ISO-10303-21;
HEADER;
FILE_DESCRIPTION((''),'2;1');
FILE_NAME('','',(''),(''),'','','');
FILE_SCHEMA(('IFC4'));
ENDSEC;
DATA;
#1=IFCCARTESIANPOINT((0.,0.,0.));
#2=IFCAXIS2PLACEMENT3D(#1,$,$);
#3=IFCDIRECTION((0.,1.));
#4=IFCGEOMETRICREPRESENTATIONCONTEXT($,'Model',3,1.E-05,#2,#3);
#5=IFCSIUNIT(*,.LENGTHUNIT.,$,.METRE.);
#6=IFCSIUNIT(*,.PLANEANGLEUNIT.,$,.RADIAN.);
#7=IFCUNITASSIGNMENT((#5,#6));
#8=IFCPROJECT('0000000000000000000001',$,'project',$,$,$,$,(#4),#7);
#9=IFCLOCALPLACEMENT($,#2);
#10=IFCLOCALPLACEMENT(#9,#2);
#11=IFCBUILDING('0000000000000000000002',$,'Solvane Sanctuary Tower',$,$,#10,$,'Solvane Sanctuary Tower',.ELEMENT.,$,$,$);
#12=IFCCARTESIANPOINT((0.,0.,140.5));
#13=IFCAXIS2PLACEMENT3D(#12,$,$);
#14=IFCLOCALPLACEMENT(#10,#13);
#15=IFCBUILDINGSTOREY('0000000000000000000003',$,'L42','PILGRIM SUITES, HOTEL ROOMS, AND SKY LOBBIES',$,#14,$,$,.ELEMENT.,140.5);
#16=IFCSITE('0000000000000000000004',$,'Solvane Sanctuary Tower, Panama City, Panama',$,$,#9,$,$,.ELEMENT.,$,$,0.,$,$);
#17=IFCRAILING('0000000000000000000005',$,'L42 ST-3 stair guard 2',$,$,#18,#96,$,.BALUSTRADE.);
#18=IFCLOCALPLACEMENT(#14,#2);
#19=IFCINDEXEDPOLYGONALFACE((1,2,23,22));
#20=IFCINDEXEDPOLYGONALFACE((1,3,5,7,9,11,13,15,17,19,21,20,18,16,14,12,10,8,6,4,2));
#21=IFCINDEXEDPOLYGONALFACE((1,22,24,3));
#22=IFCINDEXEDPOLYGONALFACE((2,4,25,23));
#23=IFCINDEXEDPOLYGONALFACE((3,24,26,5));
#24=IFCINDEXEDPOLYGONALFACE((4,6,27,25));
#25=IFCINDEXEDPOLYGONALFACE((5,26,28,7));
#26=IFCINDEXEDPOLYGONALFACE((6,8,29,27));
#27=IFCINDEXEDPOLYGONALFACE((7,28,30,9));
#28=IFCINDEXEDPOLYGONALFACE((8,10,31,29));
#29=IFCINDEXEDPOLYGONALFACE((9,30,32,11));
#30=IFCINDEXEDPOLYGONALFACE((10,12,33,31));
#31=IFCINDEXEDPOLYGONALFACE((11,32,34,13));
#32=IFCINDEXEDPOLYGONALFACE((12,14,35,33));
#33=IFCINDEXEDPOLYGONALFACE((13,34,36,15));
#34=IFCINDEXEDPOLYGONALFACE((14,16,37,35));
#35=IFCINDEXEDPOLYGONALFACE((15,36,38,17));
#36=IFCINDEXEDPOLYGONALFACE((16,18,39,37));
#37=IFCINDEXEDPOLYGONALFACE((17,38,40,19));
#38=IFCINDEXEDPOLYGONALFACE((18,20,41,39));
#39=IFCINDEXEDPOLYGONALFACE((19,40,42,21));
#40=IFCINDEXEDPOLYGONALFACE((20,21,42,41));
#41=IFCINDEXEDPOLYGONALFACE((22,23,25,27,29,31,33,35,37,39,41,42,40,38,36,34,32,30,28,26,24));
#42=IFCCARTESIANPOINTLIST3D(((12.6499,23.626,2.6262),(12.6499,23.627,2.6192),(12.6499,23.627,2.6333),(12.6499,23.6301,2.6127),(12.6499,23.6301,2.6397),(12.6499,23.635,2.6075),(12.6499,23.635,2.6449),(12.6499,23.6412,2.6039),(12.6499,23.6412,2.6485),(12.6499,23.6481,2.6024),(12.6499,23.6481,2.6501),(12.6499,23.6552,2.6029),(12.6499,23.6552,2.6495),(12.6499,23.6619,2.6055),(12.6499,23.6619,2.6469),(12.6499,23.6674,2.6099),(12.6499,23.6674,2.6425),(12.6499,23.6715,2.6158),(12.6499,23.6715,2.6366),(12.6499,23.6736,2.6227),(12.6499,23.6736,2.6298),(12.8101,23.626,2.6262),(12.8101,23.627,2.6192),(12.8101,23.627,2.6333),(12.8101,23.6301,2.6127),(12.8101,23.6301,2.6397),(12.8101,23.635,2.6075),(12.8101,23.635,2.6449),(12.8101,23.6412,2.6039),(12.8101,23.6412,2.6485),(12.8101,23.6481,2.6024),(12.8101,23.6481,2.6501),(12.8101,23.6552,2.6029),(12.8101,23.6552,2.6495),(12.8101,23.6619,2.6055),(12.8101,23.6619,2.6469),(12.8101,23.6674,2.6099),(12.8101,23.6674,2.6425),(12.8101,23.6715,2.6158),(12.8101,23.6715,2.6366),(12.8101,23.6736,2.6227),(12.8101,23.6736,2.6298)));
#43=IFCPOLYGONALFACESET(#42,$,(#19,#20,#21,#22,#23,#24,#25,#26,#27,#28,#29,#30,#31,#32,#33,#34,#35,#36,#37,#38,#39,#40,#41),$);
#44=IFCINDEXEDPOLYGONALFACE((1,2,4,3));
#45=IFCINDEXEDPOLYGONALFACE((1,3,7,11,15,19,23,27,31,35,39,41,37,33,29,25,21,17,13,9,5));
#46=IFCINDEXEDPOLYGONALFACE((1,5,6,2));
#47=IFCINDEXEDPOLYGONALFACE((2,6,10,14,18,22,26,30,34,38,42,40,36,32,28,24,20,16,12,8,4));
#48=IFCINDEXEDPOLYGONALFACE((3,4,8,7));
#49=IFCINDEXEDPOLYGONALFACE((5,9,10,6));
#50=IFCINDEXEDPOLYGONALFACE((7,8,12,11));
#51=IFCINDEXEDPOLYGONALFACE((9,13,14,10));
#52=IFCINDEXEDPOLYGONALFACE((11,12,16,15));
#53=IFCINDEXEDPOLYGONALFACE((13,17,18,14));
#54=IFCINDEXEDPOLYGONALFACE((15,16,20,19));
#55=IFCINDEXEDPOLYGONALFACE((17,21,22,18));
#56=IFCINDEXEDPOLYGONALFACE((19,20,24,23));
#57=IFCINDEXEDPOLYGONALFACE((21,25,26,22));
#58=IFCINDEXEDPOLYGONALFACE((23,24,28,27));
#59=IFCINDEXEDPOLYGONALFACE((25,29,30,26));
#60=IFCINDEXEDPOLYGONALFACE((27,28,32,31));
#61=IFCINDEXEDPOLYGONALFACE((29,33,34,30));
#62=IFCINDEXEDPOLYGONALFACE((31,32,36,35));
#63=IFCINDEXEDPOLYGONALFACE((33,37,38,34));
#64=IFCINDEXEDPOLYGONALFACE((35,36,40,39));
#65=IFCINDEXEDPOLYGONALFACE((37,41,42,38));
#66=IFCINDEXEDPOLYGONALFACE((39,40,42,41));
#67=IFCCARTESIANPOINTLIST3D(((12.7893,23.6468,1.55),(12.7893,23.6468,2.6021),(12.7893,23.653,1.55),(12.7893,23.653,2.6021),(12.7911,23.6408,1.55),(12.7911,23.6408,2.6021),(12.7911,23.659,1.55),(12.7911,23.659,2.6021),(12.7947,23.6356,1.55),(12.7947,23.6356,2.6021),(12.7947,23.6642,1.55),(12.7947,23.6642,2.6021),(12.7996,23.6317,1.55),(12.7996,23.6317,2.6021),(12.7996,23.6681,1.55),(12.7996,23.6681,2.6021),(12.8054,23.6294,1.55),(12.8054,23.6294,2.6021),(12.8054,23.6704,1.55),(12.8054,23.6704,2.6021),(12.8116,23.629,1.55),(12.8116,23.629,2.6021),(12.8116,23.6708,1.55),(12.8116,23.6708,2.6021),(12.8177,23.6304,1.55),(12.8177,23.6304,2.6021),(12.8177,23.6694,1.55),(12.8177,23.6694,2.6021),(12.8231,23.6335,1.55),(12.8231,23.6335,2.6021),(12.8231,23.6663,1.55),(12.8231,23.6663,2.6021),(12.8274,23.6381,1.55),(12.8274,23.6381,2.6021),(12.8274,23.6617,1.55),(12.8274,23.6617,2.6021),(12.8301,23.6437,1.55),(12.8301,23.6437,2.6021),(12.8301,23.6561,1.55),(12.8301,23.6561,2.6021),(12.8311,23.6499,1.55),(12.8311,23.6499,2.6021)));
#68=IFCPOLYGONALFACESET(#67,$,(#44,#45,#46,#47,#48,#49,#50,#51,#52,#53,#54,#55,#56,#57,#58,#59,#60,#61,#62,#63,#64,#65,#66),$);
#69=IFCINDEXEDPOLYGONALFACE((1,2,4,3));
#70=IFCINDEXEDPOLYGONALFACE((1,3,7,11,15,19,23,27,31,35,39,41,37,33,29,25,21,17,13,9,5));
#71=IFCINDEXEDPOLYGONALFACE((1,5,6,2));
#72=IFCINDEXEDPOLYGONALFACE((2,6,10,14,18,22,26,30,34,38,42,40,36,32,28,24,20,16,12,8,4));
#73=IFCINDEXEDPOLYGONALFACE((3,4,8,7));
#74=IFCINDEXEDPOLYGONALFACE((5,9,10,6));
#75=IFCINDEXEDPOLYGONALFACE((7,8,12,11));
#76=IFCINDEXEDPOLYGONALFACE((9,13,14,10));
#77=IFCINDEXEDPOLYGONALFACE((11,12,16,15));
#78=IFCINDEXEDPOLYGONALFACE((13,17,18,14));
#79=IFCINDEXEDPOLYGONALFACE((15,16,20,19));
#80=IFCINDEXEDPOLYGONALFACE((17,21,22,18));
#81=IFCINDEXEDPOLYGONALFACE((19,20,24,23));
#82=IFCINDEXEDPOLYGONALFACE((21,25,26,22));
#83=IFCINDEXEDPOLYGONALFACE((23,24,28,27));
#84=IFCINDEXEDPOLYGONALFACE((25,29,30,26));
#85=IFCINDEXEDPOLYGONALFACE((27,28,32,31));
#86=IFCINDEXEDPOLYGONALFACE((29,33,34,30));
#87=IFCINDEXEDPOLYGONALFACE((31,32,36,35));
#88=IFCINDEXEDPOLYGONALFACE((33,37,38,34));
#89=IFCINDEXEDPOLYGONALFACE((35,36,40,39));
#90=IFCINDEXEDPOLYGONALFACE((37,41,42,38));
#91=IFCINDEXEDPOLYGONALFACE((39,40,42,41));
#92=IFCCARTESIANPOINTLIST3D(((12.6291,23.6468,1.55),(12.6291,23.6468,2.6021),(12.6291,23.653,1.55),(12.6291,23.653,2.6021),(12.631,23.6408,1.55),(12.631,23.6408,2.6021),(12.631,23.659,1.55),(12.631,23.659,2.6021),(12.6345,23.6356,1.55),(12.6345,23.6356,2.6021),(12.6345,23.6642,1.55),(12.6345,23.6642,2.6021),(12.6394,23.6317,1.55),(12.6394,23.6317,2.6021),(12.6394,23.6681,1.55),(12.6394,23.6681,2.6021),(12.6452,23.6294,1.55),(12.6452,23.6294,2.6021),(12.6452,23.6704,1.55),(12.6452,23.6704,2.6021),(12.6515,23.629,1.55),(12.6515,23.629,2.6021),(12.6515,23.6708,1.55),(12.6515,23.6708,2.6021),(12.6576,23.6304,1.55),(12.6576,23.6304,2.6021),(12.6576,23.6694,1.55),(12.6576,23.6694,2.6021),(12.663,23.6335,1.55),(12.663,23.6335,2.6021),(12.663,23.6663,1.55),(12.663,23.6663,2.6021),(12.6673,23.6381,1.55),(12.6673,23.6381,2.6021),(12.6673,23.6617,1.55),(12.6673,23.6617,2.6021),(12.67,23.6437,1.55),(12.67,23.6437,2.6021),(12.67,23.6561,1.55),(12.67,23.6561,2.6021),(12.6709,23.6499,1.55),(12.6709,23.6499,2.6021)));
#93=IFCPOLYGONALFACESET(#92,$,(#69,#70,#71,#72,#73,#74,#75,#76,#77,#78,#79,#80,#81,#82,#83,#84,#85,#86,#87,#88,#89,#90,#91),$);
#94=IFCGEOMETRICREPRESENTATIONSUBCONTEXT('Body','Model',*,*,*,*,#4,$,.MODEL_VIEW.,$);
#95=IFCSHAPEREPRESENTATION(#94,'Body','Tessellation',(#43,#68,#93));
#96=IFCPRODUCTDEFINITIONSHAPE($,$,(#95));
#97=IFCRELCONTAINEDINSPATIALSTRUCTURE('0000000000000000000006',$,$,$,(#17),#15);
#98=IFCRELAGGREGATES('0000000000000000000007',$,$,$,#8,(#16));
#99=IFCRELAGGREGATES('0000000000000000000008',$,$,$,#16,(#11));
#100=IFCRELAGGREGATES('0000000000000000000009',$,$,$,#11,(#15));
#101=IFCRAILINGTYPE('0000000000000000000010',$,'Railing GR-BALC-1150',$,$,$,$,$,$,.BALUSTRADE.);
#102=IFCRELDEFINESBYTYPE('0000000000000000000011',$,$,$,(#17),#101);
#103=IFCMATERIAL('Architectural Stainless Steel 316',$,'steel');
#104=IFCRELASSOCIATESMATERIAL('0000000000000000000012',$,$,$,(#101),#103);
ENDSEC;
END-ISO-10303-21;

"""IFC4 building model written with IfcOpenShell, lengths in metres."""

from ifc_helpers import new_model, si_unit, direction, frame, origin, origin_2d, place, context, subcontext, project, spatial, circle, extrude, material, type_object, element, save


model = new_model("IFC4")

# Units and contexts
model_context = context("Model", 3, precision=1e-05, world=origin(), true_north=direction((0.0, 1.0)))
body_context = subcontext(model_context, "Body", "Model", "MODEL_VIEW")
ifc_project = project(units=[si_unit("LENGTHUNIT", "METRE"), si_unit("PLANEANGLEUNIT", "RADIAN")], contexts=[model_context])

# Site, building, storey
site_placement = place(None, origin())
site = spatial("IfcSite", under=ifc_project, at=site_placement, Name="Solvane Sanctuary Tower, Panama City, Panama", CompositionType="ELEMENT", RefElevation=0.0)
building_placement = place(site_placement, origin())
building = spatial("IfcBuilding", under=site, at=building_placement, Name="Solvane Sanctuary Tower", LongName="Solvane Sanctuary Tower", CompositionType="ELEMENT")
storey_placement = place(building_placement, frame((0.0, 0.0, 140.5)))
storey = spatial("IfcBuildingStorey", under=building, at=storey_placement, Name="L42", Description="PILGRIM SUITES, HOTEL ROOMS, AND SKY LOBBIES", CompositionType="ELEMENT", Elevation=140.5)

# Shared definitions
ifc_material_1 = material(Name="Architectural Stainless Steel 316", Category="steel")

# Railing
railing_type_1 = type_object("IfcRailingType", Name="Railing GR-BALC-1150", PredefinedType="BALUSTRADE", material=ifc_material_1)
railing_1_placement = place(storey_placement, frame((12.8101, 23.6499, 1.55)))
element("IfcRailing", 1, at=railing_1_placement, inside=storey, type_object=railing_type_1, Name="L42 ST-3 stair guard 2", PredefinedType="BALUSTRADE", context=body_context, shape_type="SweptSolid", body=[
    extrude(circle(Radius=0.0239, at=origin_2d()), frame((0.0, 0.0, 1.0762), z_axis=(-1.0, 0.0, 0.0), x_axis=(0.0, -1.0, 0.0)), (0.0, 0.0, 1.0), 0.1602),
    extrude(circle(Radius=0.021, at=origin_2d()), origin(), (0.0, 0.0, 1.0), 1.052),
    extrude(circle(Radius=0.021, at=origin_2d()), frame((-0.1602, 0.0, 0.0)), (0.0, 0.0, 1.0), 1.052),
])

save(model, "model.ifc")
